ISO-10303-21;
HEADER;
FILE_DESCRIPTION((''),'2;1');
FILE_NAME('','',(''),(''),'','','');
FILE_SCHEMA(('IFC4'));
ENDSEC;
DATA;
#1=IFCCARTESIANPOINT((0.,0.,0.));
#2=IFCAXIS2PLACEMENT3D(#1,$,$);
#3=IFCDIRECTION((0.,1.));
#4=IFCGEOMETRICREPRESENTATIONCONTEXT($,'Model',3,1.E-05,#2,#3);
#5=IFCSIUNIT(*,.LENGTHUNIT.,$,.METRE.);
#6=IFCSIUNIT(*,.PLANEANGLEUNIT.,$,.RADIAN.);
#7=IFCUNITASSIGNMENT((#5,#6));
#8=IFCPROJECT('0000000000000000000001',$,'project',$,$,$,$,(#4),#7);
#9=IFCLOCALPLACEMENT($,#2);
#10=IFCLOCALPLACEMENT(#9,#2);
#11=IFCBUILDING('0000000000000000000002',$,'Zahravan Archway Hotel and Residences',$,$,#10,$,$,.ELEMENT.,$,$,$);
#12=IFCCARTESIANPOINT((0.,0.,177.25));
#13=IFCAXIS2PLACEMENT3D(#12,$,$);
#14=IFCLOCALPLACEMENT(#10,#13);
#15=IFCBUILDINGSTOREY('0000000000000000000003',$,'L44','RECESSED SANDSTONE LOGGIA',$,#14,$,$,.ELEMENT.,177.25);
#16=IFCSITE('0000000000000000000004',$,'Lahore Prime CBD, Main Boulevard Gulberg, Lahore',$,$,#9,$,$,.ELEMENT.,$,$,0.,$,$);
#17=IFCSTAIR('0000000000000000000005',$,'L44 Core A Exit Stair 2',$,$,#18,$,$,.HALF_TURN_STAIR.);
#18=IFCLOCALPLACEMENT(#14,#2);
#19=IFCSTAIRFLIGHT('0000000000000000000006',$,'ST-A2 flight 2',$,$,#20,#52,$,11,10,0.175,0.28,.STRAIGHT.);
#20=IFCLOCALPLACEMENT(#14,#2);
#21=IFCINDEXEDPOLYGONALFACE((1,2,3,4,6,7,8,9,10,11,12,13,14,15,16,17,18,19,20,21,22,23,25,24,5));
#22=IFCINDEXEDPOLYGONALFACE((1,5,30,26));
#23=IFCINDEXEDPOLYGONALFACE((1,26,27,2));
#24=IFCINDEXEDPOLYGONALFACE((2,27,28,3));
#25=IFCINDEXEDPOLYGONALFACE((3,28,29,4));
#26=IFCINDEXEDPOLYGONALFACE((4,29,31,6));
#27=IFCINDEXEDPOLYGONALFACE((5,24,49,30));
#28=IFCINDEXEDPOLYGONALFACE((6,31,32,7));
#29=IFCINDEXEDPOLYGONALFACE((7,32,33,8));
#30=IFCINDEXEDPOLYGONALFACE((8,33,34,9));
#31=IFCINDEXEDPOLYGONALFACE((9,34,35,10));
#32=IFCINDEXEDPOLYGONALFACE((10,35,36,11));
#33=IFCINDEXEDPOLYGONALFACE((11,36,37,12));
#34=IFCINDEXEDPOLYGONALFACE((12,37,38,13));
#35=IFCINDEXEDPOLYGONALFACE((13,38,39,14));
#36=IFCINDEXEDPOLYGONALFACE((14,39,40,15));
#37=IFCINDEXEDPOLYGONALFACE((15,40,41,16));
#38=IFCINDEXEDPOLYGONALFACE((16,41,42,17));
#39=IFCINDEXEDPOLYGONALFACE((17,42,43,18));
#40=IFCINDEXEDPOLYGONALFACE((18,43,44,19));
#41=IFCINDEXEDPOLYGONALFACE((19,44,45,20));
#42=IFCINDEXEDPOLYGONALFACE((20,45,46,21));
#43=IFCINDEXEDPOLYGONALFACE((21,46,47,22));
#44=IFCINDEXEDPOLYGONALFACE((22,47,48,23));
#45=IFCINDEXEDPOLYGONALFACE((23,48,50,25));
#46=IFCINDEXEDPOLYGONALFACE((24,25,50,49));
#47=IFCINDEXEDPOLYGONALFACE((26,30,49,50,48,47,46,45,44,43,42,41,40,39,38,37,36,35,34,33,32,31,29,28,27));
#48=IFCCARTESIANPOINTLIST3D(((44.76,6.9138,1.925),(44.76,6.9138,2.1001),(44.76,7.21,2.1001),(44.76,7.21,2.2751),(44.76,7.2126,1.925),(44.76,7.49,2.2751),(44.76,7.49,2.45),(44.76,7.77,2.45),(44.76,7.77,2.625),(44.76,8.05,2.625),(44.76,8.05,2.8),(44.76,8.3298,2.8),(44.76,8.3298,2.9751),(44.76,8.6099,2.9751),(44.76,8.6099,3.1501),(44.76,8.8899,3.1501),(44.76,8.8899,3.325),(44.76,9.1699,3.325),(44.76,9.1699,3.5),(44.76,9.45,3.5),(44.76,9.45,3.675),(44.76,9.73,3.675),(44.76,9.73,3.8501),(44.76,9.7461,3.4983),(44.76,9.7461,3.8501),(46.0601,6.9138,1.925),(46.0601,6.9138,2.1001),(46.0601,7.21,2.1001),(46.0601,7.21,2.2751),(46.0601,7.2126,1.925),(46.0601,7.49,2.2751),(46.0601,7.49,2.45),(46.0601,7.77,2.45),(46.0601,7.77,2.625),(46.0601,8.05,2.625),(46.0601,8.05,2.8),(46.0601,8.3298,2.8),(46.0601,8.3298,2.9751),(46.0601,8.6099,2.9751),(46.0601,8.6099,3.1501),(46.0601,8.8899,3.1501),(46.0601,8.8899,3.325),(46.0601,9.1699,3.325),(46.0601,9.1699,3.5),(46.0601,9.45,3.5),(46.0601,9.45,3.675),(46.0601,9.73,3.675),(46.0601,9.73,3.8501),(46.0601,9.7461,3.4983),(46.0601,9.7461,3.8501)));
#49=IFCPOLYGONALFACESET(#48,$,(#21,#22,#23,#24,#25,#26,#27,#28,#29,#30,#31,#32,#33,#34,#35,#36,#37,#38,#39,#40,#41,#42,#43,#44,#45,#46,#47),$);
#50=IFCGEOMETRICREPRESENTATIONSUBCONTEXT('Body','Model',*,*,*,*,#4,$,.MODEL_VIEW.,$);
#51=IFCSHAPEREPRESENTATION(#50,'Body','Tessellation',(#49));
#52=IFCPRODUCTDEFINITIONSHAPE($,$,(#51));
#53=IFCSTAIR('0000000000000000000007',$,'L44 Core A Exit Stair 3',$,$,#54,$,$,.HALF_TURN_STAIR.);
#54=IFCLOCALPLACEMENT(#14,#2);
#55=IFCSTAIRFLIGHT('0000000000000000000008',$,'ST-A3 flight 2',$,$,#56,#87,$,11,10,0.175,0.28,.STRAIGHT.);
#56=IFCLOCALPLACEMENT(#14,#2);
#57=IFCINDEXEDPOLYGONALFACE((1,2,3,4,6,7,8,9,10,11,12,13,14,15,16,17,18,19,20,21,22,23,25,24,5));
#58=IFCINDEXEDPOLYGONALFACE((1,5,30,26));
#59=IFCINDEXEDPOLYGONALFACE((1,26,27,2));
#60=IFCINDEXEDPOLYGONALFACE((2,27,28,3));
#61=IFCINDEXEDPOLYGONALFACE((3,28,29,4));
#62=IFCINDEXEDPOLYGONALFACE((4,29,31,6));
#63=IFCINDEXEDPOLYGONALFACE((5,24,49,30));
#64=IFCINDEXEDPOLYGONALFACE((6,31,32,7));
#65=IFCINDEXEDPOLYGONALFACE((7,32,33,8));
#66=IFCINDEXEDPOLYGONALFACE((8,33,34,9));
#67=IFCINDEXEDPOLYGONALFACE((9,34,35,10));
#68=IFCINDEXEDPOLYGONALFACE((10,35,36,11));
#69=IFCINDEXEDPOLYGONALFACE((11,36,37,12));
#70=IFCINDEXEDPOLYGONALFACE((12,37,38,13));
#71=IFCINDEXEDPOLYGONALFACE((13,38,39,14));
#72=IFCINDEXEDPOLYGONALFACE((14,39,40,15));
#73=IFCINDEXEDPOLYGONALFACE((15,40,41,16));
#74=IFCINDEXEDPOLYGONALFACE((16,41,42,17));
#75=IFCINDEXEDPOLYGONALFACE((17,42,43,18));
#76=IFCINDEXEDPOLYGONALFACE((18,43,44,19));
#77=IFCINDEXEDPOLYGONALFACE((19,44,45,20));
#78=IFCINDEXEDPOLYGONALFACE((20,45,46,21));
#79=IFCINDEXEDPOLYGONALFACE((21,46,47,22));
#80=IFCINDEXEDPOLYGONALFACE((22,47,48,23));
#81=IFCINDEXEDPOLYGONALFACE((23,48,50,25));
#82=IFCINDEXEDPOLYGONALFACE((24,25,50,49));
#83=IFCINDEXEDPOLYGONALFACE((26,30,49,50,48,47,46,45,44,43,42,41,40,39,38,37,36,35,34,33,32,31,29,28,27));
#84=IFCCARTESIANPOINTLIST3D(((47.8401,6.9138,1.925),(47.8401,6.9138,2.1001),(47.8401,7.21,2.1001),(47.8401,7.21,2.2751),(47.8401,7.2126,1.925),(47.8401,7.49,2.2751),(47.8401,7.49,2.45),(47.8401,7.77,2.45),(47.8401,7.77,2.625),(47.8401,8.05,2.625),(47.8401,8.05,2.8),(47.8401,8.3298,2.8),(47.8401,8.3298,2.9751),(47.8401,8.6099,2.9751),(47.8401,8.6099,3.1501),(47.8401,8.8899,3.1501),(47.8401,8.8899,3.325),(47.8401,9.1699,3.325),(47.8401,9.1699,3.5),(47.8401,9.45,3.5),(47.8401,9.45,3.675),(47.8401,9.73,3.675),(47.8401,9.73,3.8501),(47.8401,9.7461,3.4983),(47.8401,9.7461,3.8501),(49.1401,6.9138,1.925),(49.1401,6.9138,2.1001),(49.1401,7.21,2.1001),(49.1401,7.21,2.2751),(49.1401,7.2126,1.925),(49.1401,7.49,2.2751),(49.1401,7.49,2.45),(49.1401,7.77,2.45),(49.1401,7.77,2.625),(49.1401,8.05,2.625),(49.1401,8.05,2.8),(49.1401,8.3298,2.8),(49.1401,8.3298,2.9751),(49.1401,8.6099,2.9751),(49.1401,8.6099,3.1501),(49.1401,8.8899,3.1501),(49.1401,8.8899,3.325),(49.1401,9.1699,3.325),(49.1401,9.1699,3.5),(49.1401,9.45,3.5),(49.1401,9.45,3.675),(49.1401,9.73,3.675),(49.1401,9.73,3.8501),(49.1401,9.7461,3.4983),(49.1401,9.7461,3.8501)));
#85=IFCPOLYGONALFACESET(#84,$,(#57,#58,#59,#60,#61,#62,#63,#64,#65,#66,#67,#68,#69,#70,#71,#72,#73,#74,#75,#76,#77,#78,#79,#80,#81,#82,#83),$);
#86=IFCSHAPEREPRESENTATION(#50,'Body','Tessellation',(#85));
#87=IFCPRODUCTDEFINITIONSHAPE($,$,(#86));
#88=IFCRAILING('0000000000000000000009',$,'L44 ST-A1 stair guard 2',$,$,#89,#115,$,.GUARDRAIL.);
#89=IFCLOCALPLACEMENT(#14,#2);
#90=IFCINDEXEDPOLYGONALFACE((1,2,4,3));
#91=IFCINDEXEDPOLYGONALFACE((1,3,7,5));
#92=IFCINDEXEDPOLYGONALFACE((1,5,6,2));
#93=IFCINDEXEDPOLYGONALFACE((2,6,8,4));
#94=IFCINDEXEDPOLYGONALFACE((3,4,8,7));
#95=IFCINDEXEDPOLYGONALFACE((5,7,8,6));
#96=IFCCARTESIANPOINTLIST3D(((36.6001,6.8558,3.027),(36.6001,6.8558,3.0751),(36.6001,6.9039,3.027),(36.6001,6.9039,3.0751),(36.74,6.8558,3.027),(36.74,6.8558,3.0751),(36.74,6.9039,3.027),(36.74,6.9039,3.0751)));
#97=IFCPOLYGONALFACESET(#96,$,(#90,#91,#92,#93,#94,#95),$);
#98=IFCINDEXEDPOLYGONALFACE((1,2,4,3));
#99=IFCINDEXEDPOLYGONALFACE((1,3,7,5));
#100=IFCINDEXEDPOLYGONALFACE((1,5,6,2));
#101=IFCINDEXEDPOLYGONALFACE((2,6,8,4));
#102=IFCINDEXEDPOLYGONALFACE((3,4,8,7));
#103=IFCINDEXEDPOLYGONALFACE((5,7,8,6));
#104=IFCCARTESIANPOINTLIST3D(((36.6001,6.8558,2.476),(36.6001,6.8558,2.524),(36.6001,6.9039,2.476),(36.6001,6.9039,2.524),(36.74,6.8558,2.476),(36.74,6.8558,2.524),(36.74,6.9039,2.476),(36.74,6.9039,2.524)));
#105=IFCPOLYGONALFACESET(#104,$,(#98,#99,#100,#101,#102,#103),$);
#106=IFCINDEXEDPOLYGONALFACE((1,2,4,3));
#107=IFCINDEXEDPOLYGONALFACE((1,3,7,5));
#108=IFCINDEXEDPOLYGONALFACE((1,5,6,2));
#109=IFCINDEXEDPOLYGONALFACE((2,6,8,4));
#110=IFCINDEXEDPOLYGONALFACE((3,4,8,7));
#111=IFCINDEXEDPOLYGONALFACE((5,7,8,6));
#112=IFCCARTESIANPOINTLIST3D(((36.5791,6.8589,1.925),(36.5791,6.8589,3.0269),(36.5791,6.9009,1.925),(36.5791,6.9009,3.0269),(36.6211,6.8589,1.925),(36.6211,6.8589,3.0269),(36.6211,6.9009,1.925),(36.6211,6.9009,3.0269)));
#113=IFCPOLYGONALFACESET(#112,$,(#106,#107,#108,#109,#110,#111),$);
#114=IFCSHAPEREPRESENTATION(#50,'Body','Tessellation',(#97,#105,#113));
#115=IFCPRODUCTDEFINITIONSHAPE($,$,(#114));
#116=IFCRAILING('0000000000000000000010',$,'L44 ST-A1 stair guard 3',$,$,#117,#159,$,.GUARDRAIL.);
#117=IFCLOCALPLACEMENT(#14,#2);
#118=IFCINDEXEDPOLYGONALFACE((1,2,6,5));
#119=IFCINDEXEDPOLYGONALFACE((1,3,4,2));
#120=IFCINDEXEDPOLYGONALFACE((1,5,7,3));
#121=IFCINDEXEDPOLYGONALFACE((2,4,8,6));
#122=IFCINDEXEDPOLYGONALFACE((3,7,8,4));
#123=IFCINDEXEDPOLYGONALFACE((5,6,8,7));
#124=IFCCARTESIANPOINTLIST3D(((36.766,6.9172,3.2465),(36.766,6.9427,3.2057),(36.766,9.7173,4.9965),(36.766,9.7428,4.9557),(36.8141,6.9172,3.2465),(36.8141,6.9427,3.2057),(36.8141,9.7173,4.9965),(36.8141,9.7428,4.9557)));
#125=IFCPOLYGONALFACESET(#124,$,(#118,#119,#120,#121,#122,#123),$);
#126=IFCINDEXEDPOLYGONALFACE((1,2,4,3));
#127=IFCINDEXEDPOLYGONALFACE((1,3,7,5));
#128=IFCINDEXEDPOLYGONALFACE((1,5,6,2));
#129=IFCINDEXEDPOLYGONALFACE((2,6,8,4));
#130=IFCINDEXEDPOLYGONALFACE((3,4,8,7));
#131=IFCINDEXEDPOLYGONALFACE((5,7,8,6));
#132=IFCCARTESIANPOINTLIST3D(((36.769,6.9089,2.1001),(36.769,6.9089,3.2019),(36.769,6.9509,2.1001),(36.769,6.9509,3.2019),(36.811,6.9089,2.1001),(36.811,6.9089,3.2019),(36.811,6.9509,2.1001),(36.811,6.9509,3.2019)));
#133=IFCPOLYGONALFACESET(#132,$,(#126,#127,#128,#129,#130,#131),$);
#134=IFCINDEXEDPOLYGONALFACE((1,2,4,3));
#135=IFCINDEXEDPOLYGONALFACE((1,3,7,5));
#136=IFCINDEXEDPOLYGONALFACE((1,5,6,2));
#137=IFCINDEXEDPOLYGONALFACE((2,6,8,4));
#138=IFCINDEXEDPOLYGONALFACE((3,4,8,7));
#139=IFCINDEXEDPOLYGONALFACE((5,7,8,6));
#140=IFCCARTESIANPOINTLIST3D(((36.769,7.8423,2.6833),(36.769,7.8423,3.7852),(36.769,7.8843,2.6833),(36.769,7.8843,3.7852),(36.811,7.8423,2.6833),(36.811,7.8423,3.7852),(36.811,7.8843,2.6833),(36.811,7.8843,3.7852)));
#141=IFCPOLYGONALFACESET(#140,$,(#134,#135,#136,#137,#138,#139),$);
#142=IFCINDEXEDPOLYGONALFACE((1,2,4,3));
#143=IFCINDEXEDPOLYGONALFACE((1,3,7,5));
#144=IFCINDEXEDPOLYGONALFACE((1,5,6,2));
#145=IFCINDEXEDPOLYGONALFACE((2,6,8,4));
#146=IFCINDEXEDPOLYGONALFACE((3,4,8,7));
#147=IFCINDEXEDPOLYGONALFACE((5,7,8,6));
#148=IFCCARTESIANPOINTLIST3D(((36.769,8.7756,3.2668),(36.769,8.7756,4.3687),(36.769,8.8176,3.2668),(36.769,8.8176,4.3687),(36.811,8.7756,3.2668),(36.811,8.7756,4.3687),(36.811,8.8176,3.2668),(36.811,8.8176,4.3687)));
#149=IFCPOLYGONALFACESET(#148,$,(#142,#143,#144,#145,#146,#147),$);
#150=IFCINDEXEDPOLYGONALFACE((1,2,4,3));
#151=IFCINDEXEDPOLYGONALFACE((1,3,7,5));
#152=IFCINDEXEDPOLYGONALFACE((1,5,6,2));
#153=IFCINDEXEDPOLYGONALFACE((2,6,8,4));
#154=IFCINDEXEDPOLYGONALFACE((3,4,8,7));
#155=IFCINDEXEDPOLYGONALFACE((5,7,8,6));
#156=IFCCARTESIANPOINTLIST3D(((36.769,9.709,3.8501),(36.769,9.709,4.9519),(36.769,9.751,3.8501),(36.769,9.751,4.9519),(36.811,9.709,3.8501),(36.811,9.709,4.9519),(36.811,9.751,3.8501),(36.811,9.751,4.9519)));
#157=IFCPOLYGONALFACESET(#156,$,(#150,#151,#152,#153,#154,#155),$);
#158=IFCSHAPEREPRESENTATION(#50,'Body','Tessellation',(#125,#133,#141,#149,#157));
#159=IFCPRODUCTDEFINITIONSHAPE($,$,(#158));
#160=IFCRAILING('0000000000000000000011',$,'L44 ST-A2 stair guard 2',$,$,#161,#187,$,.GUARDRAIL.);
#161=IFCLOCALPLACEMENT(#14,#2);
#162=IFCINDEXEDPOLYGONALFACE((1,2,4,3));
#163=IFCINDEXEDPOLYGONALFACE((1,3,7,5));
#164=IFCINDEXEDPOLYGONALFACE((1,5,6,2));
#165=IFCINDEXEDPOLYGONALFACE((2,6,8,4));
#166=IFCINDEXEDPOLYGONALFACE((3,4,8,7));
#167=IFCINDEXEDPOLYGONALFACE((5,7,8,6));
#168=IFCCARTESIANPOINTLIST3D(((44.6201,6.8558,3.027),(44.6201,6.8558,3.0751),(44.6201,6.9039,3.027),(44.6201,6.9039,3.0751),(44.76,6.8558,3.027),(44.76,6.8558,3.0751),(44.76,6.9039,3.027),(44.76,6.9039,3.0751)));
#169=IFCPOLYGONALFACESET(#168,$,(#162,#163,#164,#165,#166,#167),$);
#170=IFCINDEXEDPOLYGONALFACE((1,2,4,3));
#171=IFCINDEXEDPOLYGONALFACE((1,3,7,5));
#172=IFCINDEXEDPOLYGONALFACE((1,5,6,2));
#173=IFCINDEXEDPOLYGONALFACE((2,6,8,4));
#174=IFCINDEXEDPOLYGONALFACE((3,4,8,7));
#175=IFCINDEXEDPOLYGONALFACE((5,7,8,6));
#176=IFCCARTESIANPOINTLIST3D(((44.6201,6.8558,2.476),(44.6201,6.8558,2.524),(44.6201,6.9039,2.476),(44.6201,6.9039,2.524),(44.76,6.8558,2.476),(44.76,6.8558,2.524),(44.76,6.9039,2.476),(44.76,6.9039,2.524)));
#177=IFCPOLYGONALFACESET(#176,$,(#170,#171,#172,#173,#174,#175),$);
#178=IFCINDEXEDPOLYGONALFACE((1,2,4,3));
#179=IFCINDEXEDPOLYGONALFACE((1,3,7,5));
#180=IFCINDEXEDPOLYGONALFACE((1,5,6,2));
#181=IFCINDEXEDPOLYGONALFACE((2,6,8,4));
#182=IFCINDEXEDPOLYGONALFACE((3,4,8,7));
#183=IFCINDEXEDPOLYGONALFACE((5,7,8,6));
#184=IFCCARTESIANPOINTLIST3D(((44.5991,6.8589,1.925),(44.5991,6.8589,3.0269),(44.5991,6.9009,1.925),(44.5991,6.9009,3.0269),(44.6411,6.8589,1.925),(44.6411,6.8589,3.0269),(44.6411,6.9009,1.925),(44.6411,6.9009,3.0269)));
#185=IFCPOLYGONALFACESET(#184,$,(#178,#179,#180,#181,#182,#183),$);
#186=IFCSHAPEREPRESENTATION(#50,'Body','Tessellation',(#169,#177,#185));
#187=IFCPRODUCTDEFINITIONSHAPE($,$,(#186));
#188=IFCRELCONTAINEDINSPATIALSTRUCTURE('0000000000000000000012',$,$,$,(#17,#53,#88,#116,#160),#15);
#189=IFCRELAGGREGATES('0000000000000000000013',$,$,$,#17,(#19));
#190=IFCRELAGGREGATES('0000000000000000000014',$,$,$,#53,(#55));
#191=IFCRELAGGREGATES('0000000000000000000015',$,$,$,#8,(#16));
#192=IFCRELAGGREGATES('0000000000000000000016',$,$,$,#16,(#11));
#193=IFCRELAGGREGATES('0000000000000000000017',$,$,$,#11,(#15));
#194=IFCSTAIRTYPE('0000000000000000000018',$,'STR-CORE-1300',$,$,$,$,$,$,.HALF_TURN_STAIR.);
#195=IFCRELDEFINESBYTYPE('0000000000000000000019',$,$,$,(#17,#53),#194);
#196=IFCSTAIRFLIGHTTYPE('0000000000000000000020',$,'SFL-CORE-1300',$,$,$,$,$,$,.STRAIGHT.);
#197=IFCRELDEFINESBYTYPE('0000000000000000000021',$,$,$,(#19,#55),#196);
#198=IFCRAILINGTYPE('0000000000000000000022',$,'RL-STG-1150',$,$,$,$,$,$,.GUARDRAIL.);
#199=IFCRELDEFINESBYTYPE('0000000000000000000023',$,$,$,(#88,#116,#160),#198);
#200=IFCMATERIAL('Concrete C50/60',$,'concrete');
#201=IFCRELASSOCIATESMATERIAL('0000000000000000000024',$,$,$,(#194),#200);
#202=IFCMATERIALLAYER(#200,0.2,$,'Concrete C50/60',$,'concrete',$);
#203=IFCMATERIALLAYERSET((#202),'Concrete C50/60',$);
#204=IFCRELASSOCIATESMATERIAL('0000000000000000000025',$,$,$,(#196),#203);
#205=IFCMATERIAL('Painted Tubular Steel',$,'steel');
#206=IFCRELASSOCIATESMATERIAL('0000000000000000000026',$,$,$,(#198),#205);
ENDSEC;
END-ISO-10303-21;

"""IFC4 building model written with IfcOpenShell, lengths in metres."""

from ifc_helpers import new_model, si_unit, direction, frame, origin, origin_2d, place, context, subcontext, project, spatial, polyline, rectangle, outline, extrude, source, transform, mapped, material, layer, layer_set, type_object, element, aggregate, save


model = new_model("IFC4")

# Units and contexts
model_context = context("Model", 3, precision=1e-05, world=origin(), true_north=direction((0.0, 1.0)))
body_context = subcontext(model_context, "Body", "Model", "MODEL_VIEW")
ifc_project = project(units=[si_unit("LENGTHUNIT", "METRE"), si_unit("PLANEANGLEUNIT", "RADIAN")], contexts=[model_context])

# Site, building, storey
site_placement = place(None, origin())
site = spatial("IfcSite", under=ifc_project, at=site_placement, Name="Lahore Prime CBD, Main Boulevard Gulberg, Lahore", CompositionType="ELEMENT", RefElevation=0.0)
building_placement = place(site_placement, origin())
building = spatial("IfcBuilding", under=site, at=building_placement, Name="Zahravan Archway Hotel and Residences", CompositionType="ELEMENT")
storey_placement = place(building_placement, frame((0.0, 0.0, 177.25)))
storey = spatial("IfcBuildingStorey", under=building, at=storey_placement, Name="L44", Description="RECESSED SANDSTONE LOGGIA", CompositionType="ELEMENT", Elevation=177.25)

# Shared definitions
ifc_material_1 = material(Name="Concrete C50/60", Category="concrete")

# Stairs, stair flights
stair_type = type_object("IfcStairType", Name="STR-CORE-1300", PredefinedType="HALF_TURN_STAIR", material=ifc_material_1)
ifc_layer_1 = layer(ifc_material_1, 0.2, Name="Concrete C50/60", Category="concrete")
ifc_layer_set_1 = layer_set([ifc_layer_1], Name="Concrete C50/60")
stair_flight_type = type_object("IfcStairFlightType", Name="SFL-CORE-1300", PredefinedType="STRAIGHT", material=ifc_layer_set_1)
shared_shape_1 = source(origin(), body_context, "Body", "SweptSolid", [
    extrude(outline(polyline([(-0.0161, 0.0), (-0.0161, 0.175), (0.28, 0.175), (0.28, 0.3501), (0.5601, 0.3501), (0.5601, 0.5249), (0.8401, 0.5249), (0.8401, 0.7), (1.1201, 0.7), (1.1201, 0.875), (1.3999, 0.875), (1.3999, 1.05), (1.6799, 1.05), (1.6799, 1.2251), (1.96, 1.2251), (1.96, 1.3999), (2.24, 1.3999), (2.24, 1.575), (2.52, 1.575), (2.52, 1.75), (2.8, 1.75), (2.8, 1.925), (2.8162, 1.925), (2.8162, 1.5732), (0.2827, 0.0), (-0.0161, 0.0)])), frame((0.0, 0.6499, 0.0), z_axis=(0.0, -1.0, 0.0), x_axis=(1.0, 0.0, 0.0)), (0.0, 0.0, 1.0), 1.3),
])
stair_1_placement = place(storey_placement, origin())
stair_1 = element("IfcStair", 1, at=stair_1_placement, inside=storey, type_object=stair_type, Name="L44 Core A Exit Stair 2", PredefinedType="HALF_TURN_STAIR")
stair_flight_1_placement = place(storey_placement, frame((45.4099, 6.9299, 1.925), z_axis=(0.0, 0.0, 1.0), x_axis=(0.0, 1.0, 0.0)))
stair_flight_1 = element("IfcStairFlight", 2, at=stair_flight_1_placement, type_object=stair_flight_type, Name="ST-A2 flight 2", NumberOfRisers=11, NumberOfTreads=10, PredefinedType="STRAIGHT", RiserHeight=0.175, TreadLength=0.28, context=body_context, shape_type="MappedRepresentation", body=[
    mapped(shared_shape_1, transform((0.0, 0.0, 0.0), scale=1.0)),
])
aggregate(stair_1, [stair_flight_1])
stair_2_placement = place(storey_placement, origin())
stair_2 = element("IfcStair", 3, at=stair_2_placement, inside=storey, type_object=stair_type, Name="L44 Core A Exit Stair 3", PredefinedType="HALF_TURN_STAIR")
stair_flight_2_placement = place(storey_placement, frame((48.49, 6.9299, 1.925), z_axis=(0.0, 0.0, 1.0), x_axis=(0.0, 1.0, 0.0)))
stair_flight_2 = element("IfcStairFlight", 4, at=stair_flight_2_placement, type_object=stair_flight_type, Name="ST-A3 flight 2", NumberOfRisers=11, NumberOfTreads=10, PredefinedType="STRAIGHT", RiserHeight=0.175, TreadLength=0.28, context=body_context, shape_type="MappedRepresentation", body=[
    mapped(shared_shape_1, transform((0.0, 0.0, 0.0), scale=1.0)),
])
aggregate(stair_2, [stair_flight_2])

# Railings
ifc_material_2 = material(Name="Painted Tubular Steel", Category="steel")
railing_type_1 = type_object("IfcRailingType", Name="RL-STG-1150", PredefinedType="GUARDRAIL", material=ifc_material_2)
railing_1_placement = place(storey_placement, frame((36.6001, 6.8799, 1.925)))
element("IfcRailing", 5, at=railing_1_placement, inside=storey, type_object=railing_type_1, Name="L44 ST-A1 stair guard 2", PredefinedType="GUARDRAIL", context=body_context, shape_type="SweptSolid", body=[
    extrude(rectangle(XDim=0.0481, YDim=0.0481, at=origin_2d()), frame((0.0, 0.0, 1.126), z_axis=(1.0, 0.0, 0.0), x_axis=(0.0, 1.0, 0.0)), (0.0, 0.0, 1.0), 0.1399),
    extrude(rectangle(XDim=0.0481, YDim=0.0481, at=origin_2d()), frame((0.0, 0.0, 0.575), z_axis=(1.0, 0.0, 0.0), x_axis=(0.0, 1.0, 0.0)), (0.0, 0.0, 1.0), 0.1399),
    extrude(rectangle(XDim=0.042, YDim=0.042, at=origin_2d()), origin(), (0.0, 0.0, 1.0), 1.1018),
])
railing_2_placement = place(storey_placement, frame((36.79, 6.9299, 2.1001)))
element("IfcRailing", 6, at=railing_2_placement, inside=storey, type_object=railing_type_1, Name="L44 ST-A1 stair guard 3", PredefinedType="GUARDRAIL", context=body_context, shape_type="SweptSolid", body=[
    extrude(rectangle(XDim=0.0481, YDim=0.0481, at=origin_2d()), frame((0.0, 0.0, 1.126), z_axis=(0.0, 0.848002, 0.529992), x_axis=(-1.0, 0.0, 0.0)), (0.0, 0.0, 1.0), 3.302),
    extrude(rectangle(XDim=0.042, YDim=0.042, at=origin_2d()), origin(), (0.0, 0.0, 1.0), 1.1018),
    extrude(rectangle(XDim=0.042, YDim=0.042, at=origin_2d()), frame((0.0, 0.9333, 0.5833)), (0.0, 0.0, 1.0), 1.1018),
    extrude(rectangle(XDim=0.042, YDim=0.042, at=origin_2d()), frame((0.0, 1.8667, 1.1667)), (0.0, 0.0, 1.0), 1.1018),
    extrude(rectangle(XDim=0.042, YDim=0.042, at=origin_2d()), frame((0.0, 2.8, 1.75)), (0.0, 0.0, 1.0), 1.1018),
])
railing_3_placement = place(storey_placement, frame((44.6201, 6.8799, 1.925)))
element("IfcRailing", 7, at=railing_3_placement, inside=storey, type_object=railing_type_1, Name="L44 ST-A2 stair guard 2", PredefinedType="GUARDRAIL", context=body_context, shape_type="SweptSolid", body=[
    extrude(rectangle(XDim=0.0481, YDim=0.0481, at=origin_2d()), frame((0.0, 0.0, 1.126), z_axis=(1.0, 0.0, 0.0), x_axis=(0.0, 1.0, 0.0)), (0.0, 0.0, 1.0), 0.1399),
    extrude(rectangle(XDim=0.0481, YDim=0.0481, at=origin_2d()), frame((0.0, 0.0, 0.575), z_axis=(1.0, 0.0, 0.0), x_axis=(0.0, 1.0, 0.0)), (0.0, 0.0, 1.0), 0.1399),
    extrude(rectangle(XDim=0.042, YDim=0.042, at=origin_2d()), origin(), (0.0, 0.0, 1.0), 1.1018),
])

save(model, "model.ifc")
